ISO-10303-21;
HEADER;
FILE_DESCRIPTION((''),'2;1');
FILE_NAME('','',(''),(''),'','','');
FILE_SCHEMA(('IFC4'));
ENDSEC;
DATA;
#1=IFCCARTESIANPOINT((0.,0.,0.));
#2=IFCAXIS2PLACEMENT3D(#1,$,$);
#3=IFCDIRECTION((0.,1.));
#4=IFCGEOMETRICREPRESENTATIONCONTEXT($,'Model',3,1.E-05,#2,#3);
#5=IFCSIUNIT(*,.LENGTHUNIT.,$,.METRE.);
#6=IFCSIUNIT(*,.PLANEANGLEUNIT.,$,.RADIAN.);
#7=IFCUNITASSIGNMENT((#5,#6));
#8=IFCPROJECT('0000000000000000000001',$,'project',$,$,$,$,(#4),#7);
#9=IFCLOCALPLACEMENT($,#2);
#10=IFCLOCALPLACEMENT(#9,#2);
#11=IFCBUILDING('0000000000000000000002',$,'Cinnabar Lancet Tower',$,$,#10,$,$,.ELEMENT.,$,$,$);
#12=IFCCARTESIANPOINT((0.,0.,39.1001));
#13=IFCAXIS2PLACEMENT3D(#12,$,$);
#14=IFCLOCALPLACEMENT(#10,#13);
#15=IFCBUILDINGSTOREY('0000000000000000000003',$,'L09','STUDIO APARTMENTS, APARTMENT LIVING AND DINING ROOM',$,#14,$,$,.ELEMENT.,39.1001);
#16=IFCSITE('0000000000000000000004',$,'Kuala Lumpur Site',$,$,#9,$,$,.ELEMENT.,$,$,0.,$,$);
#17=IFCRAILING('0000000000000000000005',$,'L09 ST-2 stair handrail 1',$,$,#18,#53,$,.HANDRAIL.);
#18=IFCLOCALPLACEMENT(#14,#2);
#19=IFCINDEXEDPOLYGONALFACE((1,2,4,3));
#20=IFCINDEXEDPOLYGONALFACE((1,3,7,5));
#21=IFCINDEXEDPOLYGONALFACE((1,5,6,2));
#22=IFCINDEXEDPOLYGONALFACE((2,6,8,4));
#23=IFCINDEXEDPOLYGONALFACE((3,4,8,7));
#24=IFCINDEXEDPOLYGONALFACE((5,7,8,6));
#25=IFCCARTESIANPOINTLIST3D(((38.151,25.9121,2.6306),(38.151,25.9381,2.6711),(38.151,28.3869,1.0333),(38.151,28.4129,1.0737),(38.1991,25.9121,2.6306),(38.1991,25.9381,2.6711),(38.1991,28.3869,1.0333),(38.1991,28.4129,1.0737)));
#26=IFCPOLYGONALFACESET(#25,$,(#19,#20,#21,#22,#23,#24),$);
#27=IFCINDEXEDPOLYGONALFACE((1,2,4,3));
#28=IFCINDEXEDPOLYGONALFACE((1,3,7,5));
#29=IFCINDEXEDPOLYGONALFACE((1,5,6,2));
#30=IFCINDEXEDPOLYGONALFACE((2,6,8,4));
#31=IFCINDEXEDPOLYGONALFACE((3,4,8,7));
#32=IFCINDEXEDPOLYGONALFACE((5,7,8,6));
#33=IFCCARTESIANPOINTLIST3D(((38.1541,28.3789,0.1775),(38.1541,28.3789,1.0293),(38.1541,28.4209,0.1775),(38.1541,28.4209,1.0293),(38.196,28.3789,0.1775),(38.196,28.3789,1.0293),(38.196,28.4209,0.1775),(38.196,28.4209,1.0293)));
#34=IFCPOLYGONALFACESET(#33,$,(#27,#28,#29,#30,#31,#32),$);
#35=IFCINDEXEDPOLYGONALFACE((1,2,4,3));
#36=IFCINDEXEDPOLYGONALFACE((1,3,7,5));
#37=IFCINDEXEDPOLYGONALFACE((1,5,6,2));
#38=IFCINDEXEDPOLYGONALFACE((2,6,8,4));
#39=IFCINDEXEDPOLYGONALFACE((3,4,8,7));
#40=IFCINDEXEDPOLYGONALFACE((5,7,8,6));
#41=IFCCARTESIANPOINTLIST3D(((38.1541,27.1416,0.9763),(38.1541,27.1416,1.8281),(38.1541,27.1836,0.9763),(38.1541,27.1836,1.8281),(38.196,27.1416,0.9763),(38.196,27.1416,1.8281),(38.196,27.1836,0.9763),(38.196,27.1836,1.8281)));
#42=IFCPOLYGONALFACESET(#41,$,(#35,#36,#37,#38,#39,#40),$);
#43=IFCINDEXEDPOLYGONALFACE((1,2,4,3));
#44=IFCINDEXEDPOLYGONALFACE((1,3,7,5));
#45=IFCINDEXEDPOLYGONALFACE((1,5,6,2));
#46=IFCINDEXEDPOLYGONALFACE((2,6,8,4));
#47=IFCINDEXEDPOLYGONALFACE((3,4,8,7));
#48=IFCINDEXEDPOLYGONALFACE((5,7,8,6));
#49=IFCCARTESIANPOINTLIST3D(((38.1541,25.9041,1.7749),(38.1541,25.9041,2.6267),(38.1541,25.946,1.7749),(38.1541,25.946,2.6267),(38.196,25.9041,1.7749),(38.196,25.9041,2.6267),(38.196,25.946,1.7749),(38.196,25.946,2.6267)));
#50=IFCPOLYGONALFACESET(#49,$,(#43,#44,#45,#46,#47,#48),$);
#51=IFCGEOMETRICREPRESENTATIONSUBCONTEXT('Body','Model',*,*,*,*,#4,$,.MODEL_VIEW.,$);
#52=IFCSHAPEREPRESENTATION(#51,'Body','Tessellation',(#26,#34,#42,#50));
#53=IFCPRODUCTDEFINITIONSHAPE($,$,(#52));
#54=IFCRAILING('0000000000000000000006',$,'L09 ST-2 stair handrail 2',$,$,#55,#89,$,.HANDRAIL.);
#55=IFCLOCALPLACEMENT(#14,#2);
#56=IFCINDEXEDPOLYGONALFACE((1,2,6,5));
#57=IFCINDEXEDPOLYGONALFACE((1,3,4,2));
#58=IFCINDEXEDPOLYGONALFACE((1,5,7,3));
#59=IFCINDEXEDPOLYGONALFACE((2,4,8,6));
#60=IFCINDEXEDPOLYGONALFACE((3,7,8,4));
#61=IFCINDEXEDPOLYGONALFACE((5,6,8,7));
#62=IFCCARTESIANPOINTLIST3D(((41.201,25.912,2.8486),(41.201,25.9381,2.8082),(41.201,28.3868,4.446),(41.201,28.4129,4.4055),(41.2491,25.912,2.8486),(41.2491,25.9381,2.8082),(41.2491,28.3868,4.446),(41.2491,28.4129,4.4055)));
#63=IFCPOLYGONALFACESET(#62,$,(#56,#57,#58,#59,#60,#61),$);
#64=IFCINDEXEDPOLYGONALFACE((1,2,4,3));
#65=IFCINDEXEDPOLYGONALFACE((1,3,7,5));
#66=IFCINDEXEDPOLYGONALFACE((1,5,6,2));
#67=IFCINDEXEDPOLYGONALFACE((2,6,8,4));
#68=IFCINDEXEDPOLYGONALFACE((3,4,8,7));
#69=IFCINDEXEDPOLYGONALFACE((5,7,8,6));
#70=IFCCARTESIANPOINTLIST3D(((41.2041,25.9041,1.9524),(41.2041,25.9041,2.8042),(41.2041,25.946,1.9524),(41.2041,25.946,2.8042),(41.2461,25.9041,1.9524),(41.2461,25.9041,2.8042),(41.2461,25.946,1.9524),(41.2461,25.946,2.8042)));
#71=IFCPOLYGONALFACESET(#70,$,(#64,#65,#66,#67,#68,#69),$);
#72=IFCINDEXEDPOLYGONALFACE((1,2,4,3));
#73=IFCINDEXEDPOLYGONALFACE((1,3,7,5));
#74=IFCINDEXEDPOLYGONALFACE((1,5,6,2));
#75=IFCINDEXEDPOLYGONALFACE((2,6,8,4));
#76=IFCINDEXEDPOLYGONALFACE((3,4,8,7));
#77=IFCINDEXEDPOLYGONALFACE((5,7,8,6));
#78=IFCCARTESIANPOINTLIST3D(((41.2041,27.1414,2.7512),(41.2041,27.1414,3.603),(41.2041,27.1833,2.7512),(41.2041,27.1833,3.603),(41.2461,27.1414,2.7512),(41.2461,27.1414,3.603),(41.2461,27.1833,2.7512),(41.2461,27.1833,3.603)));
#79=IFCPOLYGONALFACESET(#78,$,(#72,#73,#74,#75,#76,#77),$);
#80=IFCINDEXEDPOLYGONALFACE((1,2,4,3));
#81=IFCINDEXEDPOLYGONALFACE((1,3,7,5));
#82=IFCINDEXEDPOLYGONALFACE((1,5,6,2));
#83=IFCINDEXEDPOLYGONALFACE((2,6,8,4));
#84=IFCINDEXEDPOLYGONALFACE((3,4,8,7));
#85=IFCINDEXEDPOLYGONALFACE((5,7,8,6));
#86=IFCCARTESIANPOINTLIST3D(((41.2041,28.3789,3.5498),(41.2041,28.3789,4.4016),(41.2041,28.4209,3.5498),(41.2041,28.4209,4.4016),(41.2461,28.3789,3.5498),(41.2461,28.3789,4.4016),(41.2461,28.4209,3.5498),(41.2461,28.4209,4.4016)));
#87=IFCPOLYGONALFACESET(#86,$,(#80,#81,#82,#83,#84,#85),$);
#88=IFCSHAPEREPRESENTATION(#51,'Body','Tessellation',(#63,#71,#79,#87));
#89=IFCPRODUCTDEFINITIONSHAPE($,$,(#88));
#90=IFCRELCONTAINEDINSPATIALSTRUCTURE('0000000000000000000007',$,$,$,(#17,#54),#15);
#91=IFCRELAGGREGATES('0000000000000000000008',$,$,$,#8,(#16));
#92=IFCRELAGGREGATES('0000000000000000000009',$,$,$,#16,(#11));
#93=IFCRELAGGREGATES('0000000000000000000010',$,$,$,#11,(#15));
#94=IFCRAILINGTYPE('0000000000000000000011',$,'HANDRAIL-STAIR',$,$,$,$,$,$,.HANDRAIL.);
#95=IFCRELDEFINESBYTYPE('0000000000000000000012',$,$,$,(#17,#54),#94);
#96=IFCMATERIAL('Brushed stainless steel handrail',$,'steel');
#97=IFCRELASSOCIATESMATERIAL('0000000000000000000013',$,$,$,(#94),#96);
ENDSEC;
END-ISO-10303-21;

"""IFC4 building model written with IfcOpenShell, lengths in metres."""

from ifc_helpers import new_model, si_unit, direction, frame, origin, origin_2d, place, context, subcontext, project, spatial, rectangle, extrude, material, type_object, element, save


model = new_model("IFC4")

# Units and contexts
model_context = context("Model", 3, precision=1e-05, world=origin(), true_north=direction((0.0, 1.0)))
body_context = subcontext(model_context, "Body", "Model", "MODEL_VIEW")
ifc_project = project(units=[si_unit("LENGTHUNIT", "METRE"), si_unit("PLANEANGLEUNIT", "RADIAN")], contexts=[model_context])

# Site, building, storey
site_placement = place(None, origin())
site = spatial("IfcSite", under=ifc_project, at=site_placement, Name="Kuala Lumpur Site", CompositionType="ELEMENT", RefElevation=0.0)
building_placement = place(site_placement, origin())
building = spatial("IfcBuilding", under=site, at=building_placement, Name="Cinnabar Lancet Tower", CompositionType="ELEMENT")
storey_placement = place(building_placement, frame((0.0, 0.0, 39.1001)))
storey = spatial("IfcBuildingStorey", under=building, at=storey_placement, Name="L09", Description="STUDIO APARTMENTS, APARTMENT LIVING AND DINING ROOM", CompositionType="ELEMENT", Elevation=39.1001)

# Railings
ifc_material_1 = material(Name="Brushed stainless steel handrail", Category="steel")
railing_type_1 = type_object("IfcRailingType", Name="HANDRAIL-STAIR", PredefinedType="HANDRAIL", material=ifc_material_1)
railing_1_placement = place(storey_placement, frame((38.175, 28.3999, 0.1775)))
element("IfcRailing", 1, at=railing_1_placement, inside=storey, type_object=railing_type_1, Name="L09 ST-2 stair handrail 1", PredefinedType="HANDRAIL", context=body_context, shape_type="SweptSolid", body=[
    extrude(rectangle(XDim=0.0481, YDim=0.0481, at=origin_2d()), frame((0.0, 0.0, 0.876), z_axis=(0.0, -0.840183, 0.542302), x_axis=(1.0, 0.0, 0.0)), (0.0, 0.0, 1.0), 2.9456),
    extrude(rectangle(XDim=0.042, YDim=0.042, at=origin_2d()), origin(), (0.0, 0.0, 1.0), 0.8518),
    extrude(rectangle(XDim=0.042, YDim=0.042, at=origin_2d()), frame((0.0, -1.2373, 0.7988)), (0.0, 0.0, 1.0), 0.8518),
    extrude(rectangle(XDim=0.042, YDim=0.042, at=origin_2d()), frame((0.0, -2.4749, 1.5974)), (0.0, 0.0, 1.0), 0.8518),
])
railing_2_placement = place(storey_placement, frame((41.2251, 25.925, 1.9524)))
element("IfcRailing", 2, at=railing_2_placement, inside=storey, type_object=railing_type_1, Name="L09 ST-2 stair handrail 2", PredefinedType="HANDRAIL", context=body_context, shape_type="SweptSolid", body=[
    extrude(rectangle(XDim=0.0481, YDim=0.0481, at=origin_2d()), frame((0.0, 0.0, 0.876), z_axis=(0.0, 0.840183, 0.542302), x_axis=(-1.0, 0.0, 0.0)), (0.0, 0.0, 1.0), 2.9456),
    extrude(rectangle(XDim=0.042, YDim=0.042, at=origin_2d()), origin(), (0.0, 0.0, 1.0), 0.8518),
    extrude(rectangle(XDim=0.042, YDim=0.042, at=origin_2d()), frame((0.0, 1.2373, 0.7988)), (0.0, 0.0, 1.0), 0.8518),
    extrude(rectangle(XDim=0.042, YDim=0.042, at=origin_2d()), frame((0.0, 2.4749, 1.5974)), (0.0, 0.0, 1.0), 0.8518),
])

save(model, "model.ifc")
